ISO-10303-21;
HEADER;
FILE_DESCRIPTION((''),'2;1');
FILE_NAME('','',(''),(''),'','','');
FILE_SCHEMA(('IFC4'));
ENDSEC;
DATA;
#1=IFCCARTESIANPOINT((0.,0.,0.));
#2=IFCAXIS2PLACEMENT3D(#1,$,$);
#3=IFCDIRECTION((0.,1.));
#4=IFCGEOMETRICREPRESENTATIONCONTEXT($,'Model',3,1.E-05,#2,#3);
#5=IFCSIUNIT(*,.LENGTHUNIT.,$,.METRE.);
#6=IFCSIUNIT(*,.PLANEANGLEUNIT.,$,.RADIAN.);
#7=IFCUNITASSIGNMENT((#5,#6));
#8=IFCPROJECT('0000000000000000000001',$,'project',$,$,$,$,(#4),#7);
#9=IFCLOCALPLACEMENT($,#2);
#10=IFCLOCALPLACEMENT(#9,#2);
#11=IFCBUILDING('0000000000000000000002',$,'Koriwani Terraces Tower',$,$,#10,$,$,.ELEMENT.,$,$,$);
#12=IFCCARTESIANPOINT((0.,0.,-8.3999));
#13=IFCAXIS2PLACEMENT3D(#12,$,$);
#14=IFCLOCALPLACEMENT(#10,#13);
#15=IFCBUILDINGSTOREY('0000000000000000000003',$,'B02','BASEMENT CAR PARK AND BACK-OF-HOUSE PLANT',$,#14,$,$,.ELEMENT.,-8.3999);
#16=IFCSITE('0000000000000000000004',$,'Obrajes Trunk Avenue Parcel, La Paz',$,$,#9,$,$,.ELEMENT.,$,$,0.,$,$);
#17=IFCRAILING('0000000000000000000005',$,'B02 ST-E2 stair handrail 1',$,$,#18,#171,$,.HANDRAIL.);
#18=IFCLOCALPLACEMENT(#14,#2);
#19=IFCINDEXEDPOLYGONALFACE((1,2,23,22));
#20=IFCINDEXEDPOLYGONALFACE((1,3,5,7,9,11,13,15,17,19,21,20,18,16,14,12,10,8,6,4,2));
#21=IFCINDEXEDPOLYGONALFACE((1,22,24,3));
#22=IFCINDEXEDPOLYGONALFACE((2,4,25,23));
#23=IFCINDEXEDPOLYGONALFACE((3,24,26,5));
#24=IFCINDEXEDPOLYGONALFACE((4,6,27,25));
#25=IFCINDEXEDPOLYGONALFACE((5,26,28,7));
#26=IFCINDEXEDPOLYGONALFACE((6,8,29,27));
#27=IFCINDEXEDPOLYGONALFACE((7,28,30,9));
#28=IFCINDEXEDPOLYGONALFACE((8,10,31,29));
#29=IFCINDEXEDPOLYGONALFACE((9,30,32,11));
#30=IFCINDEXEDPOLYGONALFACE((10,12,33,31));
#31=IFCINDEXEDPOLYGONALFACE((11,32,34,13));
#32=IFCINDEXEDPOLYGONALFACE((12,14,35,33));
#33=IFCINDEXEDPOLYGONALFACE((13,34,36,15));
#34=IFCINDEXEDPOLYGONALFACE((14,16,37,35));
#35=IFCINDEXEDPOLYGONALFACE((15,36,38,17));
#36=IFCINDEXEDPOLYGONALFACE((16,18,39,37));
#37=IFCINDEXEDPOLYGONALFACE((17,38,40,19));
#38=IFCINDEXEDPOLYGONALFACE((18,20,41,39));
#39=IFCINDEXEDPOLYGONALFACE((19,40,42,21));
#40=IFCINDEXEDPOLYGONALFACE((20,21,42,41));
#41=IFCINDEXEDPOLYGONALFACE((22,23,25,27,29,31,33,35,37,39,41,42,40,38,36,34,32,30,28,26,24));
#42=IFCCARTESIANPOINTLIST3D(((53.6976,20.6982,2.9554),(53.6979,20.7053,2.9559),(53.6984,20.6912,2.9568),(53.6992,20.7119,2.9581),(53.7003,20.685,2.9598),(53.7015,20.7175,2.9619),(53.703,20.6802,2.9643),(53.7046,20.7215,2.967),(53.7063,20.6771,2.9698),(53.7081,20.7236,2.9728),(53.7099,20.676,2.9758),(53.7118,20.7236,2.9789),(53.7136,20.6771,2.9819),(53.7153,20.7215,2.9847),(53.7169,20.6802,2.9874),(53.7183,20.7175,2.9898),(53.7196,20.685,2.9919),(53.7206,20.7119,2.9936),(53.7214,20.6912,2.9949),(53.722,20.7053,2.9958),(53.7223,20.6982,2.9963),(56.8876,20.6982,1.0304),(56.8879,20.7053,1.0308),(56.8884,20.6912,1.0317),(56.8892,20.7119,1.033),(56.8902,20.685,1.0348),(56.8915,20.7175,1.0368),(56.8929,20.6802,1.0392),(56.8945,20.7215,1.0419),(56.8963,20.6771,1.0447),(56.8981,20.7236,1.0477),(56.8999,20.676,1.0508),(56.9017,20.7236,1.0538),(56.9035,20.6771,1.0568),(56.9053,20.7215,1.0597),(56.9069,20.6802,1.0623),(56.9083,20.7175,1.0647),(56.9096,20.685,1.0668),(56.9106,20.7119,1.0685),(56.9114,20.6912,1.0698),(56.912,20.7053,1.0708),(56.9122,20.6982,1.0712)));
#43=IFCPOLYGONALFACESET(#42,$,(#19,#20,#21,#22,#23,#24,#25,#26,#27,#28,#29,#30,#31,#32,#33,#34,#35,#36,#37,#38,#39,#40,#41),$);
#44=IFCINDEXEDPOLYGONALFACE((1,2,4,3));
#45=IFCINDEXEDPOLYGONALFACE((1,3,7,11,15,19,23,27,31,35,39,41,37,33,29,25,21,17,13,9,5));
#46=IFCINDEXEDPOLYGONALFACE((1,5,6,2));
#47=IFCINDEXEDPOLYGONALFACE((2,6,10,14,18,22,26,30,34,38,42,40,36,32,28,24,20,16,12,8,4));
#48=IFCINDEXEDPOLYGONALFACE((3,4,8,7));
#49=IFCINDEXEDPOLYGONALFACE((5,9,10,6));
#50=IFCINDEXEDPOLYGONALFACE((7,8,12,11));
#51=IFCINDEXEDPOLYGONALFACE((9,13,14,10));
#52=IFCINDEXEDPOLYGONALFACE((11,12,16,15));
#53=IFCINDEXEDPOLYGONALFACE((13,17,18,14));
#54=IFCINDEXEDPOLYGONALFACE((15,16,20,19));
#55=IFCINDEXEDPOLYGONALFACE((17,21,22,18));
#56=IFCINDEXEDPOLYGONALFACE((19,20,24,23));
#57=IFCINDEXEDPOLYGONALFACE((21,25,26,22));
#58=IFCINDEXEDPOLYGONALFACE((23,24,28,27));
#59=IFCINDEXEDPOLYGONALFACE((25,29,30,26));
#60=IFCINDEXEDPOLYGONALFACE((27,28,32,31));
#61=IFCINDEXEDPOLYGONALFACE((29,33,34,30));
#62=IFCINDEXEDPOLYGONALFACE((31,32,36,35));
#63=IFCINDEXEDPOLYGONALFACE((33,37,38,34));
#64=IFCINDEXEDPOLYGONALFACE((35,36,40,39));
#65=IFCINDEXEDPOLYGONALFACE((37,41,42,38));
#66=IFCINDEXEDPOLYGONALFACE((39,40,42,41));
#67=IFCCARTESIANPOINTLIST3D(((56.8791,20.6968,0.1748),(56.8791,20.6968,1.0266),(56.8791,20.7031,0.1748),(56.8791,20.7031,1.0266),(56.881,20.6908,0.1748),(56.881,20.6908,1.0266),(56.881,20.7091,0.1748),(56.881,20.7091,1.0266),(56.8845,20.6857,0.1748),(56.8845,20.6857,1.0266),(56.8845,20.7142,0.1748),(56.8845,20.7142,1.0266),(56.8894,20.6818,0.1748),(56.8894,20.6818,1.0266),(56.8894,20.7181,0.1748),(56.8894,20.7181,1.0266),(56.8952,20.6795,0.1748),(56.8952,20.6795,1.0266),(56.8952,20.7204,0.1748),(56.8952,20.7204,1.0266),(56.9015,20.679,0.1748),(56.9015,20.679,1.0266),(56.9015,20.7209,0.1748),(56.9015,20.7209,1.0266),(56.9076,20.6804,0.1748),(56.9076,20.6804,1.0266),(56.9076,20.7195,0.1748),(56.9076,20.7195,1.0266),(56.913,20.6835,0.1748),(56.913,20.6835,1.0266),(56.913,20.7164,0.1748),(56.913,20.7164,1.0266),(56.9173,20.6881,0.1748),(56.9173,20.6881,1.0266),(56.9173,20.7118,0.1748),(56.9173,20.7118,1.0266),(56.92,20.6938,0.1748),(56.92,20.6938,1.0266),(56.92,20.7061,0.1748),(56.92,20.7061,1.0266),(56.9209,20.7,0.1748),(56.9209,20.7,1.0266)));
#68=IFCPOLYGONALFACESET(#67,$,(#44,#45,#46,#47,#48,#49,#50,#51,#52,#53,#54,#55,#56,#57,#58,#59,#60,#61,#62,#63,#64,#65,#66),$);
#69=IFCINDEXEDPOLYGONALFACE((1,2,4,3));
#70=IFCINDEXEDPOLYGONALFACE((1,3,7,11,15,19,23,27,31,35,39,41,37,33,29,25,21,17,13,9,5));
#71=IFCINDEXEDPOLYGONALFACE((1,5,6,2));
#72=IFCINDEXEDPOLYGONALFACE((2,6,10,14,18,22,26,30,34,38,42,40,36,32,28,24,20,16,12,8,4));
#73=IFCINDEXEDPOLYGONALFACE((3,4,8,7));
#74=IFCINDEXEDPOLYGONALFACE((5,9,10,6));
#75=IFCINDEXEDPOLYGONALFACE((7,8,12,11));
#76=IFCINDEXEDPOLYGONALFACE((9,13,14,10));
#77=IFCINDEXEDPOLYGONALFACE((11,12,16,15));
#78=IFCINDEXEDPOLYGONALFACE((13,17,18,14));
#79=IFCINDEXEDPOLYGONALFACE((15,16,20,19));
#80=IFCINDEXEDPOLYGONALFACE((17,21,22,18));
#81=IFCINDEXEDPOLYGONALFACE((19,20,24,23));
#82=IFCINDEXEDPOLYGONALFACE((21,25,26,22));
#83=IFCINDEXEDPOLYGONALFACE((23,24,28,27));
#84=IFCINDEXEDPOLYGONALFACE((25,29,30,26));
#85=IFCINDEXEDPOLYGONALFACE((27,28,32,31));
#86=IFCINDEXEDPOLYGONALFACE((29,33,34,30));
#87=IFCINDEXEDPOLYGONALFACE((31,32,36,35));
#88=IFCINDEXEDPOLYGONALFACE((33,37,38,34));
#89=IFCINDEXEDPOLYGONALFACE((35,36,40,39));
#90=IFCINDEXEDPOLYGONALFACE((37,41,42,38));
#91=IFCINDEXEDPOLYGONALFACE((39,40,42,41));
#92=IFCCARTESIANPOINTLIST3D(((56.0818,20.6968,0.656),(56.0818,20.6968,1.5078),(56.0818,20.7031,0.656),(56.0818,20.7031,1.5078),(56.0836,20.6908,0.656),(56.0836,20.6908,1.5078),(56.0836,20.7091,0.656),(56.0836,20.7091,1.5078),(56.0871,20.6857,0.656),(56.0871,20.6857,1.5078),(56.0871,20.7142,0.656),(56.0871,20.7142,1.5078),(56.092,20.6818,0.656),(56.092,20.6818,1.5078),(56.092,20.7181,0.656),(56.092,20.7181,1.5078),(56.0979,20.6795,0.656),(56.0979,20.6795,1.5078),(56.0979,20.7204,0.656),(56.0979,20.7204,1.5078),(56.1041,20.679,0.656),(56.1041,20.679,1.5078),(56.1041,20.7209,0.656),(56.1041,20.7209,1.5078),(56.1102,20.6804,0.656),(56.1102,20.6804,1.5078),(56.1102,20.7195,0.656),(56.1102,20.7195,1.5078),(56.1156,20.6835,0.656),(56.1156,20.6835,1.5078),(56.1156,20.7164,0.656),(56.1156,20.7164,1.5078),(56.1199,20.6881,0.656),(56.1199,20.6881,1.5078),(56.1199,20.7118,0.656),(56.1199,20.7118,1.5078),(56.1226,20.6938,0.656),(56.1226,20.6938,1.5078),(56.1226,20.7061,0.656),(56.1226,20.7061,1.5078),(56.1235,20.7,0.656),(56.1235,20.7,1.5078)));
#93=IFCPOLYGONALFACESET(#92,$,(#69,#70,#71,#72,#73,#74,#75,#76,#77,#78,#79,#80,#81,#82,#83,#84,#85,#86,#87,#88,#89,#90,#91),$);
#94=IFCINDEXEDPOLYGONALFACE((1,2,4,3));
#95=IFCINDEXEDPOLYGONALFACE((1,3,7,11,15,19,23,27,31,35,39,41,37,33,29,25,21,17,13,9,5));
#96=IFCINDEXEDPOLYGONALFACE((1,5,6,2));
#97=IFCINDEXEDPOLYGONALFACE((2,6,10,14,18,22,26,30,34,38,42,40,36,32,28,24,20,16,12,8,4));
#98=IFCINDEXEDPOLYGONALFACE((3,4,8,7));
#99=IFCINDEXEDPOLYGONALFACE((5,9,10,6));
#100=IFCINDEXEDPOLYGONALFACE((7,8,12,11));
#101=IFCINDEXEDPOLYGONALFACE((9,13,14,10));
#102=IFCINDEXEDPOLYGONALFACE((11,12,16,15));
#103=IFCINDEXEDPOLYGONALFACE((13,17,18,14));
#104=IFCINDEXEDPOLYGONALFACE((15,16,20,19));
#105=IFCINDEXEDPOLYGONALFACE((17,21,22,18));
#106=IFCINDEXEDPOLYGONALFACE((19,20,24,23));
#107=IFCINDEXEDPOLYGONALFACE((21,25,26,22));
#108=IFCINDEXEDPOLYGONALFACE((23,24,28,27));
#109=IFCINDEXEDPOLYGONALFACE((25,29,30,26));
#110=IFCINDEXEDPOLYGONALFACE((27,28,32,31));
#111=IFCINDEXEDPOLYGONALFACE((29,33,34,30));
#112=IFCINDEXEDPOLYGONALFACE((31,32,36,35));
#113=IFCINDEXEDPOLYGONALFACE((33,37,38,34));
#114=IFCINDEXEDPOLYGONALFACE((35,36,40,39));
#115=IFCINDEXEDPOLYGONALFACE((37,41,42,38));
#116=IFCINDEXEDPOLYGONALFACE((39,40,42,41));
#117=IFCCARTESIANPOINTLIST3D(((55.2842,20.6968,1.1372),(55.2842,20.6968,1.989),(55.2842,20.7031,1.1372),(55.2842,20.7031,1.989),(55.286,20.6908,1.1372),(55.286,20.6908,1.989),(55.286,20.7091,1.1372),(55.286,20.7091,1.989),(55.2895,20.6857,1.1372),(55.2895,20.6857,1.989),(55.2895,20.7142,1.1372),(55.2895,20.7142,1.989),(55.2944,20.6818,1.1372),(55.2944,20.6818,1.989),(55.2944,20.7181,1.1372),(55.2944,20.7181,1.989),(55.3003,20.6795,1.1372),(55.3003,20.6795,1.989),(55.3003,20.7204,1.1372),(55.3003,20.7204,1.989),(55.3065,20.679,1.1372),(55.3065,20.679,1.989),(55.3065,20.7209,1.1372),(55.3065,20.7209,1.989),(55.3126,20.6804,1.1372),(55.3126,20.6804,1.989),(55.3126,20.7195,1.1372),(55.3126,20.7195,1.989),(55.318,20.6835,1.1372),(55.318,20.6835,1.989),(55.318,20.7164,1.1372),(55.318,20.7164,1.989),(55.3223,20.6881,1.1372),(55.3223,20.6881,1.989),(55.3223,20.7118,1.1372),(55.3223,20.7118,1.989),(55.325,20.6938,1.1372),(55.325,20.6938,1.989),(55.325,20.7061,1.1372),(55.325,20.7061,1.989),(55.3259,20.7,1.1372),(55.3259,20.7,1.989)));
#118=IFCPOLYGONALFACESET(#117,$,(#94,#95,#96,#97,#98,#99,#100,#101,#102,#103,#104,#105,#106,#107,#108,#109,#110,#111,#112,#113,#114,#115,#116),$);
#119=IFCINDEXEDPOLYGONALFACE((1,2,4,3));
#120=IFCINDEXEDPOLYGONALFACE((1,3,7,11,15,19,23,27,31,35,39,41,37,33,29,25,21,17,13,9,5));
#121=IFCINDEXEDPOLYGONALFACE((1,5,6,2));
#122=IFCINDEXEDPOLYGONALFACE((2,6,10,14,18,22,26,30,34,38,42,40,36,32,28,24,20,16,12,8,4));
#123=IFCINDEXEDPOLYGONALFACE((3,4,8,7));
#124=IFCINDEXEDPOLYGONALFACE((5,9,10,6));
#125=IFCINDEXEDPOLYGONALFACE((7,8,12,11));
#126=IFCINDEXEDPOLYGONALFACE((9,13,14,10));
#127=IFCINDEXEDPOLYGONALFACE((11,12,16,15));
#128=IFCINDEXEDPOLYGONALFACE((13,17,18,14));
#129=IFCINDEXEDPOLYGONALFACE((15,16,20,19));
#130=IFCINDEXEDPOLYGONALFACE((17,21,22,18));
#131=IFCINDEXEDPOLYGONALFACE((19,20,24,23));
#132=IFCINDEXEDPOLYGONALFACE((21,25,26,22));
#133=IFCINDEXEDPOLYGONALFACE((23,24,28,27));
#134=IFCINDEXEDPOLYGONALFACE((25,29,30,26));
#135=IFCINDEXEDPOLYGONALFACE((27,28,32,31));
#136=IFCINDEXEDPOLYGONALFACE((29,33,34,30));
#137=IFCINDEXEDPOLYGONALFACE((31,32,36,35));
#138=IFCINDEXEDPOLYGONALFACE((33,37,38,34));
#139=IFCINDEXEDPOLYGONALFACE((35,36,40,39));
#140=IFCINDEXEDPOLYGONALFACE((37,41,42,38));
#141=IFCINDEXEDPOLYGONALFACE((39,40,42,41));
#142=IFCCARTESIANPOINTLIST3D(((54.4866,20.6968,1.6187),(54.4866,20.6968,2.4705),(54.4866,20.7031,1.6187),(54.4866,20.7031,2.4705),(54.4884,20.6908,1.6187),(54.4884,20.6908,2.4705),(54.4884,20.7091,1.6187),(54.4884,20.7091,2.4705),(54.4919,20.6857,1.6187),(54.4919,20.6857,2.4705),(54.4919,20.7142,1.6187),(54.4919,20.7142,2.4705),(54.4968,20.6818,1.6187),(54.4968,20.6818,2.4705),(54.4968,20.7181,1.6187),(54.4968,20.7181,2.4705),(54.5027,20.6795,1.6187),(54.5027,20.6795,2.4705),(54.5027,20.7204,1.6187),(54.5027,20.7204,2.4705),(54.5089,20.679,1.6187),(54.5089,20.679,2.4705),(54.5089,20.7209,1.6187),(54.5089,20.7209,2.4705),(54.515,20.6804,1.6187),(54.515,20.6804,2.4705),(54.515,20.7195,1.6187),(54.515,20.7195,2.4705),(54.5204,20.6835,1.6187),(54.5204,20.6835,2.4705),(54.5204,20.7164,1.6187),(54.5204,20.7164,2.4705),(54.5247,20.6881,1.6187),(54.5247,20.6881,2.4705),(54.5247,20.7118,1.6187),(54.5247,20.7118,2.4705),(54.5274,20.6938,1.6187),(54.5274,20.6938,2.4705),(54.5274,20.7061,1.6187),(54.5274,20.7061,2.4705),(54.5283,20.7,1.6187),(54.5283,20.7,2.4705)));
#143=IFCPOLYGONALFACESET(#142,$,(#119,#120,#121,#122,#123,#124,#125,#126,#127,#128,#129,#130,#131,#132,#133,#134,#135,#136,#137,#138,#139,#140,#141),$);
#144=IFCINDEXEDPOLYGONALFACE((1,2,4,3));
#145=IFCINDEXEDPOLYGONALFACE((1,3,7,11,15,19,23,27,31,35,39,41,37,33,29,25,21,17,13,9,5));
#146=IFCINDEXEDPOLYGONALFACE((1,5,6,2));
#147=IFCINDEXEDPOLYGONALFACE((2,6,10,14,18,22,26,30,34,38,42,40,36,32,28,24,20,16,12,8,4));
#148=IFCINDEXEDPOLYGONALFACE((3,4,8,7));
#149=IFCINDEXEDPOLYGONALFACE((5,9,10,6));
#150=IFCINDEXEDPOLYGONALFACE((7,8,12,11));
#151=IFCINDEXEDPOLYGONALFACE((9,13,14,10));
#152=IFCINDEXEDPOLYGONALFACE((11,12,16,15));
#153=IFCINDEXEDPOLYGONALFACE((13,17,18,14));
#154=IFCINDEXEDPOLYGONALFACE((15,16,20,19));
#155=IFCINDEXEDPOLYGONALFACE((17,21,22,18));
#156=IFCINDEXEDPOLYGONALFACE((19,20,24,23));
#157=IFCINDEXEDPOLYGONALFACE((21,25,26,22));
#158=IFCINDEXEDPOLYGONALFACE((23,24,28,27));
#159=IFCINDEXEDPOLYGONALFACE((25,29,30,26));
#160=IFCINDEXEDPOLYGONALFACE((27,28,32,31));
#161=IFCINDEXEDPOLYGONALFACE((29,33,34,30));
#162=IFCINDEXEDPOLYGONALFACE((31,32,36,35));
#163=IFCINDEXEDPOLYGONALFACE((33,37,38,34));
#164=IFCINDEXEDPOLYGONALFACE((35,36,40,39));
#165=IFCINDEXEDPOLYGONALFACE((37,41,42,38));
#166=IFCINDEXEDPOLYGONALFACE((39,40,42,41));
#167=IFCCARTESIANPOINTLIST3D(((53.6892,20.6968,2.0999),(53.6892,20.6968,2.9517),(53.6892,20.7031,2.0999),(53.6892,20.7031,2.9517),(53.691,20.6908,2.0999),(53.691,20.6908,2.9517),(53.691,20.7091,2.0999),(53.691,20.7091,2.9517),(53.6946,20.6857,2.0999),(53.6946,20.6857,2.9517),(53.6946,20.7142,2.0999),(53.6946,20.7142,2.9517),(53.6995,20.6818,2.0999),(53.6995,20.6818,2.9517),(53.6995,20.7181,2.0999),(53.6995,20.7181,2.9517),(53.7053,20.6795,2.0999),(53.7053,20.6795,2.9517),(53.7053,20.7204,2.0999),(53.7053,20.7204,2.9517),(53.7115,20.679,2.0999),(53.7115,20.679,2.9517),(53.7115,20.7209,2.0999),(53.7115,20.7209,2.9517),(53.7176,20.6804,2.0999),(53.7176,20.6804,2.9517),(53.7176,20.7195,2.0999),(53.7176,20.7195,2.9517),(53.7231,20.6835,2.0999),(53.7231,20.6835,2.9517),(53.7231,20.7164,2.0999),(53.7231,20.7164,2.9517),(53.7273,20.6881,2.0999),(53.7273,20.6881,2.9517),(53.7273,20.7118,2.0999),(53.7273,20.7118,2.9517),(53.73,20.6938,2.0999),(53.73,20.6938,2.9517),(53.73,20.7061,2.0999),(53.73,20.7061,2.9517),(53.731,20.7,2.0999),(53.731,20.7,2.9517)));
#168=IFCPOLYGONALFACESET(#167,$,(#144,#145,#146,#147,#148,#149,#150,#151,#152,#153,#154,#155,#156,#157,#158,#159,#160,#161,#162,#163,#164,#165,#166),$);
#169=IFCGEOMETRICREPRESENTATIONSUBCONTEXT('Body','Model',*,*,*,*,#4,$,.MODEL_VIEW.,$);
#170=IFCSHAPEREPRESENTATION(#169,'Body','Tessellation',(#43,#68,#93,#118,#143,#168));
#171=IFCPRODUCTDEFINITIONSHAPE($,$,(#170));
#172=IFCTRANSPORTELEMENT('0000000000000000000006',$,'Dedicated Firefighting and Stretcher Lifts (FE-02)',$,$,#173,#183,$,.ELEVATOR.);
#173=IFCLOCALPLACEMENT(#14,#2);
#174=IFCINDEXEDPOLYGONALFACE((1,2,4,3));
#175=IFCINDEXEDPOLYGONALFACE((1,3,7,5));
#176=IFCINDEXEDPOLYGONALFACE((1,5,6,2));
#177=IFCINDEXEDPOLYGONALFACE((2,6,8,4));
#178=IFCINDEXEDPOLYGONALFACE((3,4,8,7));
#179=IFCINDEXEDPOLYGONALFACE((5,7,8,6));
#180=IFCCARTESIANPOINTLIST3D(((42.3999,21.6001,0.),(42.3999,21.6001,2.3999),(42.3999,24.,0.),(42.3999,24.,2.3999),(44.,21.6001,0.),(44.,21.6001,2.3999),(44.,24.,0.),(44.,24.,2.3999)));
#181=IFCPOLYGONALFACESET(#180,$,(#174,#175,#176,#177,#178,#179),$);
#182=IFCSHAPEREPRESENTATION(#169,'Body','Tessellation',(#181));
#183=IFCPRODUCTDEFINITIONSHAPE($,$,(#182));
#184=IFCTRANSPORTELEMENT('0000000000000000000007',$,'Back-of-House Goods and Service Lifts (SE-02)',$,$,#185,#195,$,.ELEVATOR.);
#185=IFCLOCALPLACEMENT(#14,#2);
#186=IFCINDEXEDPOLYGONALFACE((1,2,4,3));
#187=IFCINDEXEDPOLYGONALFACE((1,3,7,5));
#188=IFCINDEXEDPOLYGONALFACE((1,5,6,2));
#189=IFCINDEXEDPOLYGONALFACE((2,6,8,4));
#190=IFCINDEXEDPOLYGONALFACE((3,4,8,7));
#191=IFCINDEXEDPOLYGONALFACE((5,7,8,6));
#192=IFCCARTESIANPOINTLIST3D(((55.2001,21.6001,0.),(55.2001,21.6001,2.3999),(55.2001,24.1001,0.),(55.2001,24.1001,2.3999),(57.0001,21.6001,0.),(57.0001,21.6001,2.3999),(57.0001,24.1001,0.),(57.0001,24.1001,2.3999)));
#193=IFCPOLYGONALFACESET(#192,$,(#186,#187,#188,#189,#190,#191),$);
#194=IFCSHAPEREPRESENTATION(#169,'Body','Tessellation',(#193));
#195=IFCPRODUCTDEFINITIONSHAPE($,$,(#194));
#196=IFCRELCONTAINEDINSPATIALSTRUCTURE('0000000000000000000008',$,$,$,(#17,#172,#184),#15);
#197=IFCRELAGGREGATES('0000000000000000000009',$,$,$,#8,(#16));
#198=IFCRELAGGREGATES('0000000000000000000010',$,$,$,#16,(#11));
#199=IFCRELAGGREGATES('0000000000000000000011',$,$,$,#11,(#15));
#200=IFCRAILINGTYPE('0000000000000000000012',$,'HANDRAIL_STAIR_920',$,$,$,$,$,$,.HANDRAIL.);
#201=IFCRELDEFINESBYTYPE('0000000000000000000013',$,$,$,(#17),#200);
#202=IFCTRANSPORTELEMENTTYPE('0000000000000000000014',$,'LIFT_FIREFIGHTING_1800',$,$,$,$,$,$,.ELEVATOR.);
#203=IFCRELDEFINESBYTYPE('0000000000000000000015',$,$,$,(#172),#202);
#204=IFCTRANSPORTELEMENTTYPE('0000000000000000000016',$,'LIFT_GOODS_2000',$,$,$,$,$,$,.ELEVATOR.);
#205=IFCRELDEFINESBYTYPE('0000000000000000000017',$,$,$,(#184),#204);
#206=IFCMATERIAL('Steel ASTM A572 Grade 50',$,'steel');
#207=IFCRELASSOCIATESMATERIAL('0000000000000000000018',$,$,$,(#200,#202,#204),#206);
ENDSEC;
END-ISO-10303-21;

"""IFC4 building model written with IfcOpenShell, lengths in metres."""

from ifc_helpers import new_model, si_unit, direction, frame, origin, origin_2d, place, context, subcontext, project, spatial, rectangle, circle, extrude, material, type_object, element, save


model = new_model("IFC4")

# Units and contexts
model_context = context("Model", 3, precision=1e-05, world=origin(), true_north=direction((0.0, 1.0)))
body_context = subcontext(model_context, "Body", "Model", "MODEL_VIEW")
ifc_project = project(units=[si_unit("LENGTHUNIT", "METRE"), si_unit("PLANEANGLEUNIT", "RADIAN")], contexts=[model_context])

# Site, building, storey
site_placement = place(None, origin())
site = spatial("IfcSite", under=ifc_project, at=site_placement, Name="Obrajes Trunk Avenue Parcel, La Paz", CompositionType="ELEMENT", RefElevation=0.0)
building_placement = place(site_placement, origin())
building = spatial("IfcBuilding", under=site, at=building_placement, Name="Koriwani Terraces Tower", CompositionType="ELEMENT")
storey_placement = place(building_placement, frame((0.0, 0.0, -8.3999)))
storey = spatial("IfcBuildingStorey", under=building, at=storey_placement, Name="B02", Description="BASEMENT CAR PARK AND BACK-OF-HOUSE PLANT", CompositionType="ELEMENT", Elevation=-8.3999)

# Shared definitions
ifc_material_1 = material(Name="Steel ASTM A572 Grade 50", Category="steel")

# Railing
railing_type_1 = type_object("IfcRailingType", Name="HANDRAIL_STAIR_920", PredefinedType="HANDRAIL", material=ifc_material_1)
for number, where, name in (
    (1, (56.8999, 20.7, 0.1748), "B02 ST-E2 stair handrail 1"),
):
    element("IfcRailing", number, at=place(storey_placement, frame(where)), inside=storey, type_object=railing_type_1, Name=name, PredefinedType="HANDRAIL", context=body_context, shape_type="SweptSolid", body=[
        extrude(circle(Radius=0.0239, at=origin_2d()), frame((0.0, 0.0, 0.876), z_axis=(-0.856178, 0.0, 0.516682), x_axis=(0.0, -1.0, 0.0)), (0.0, 0.0, 1.0), 3.7258),
        extrude(circle(Radius=0.021, at=origin_2d()), origin(), (0.0, 0.0, 1.0), 0.8518),
        extrude(circle(Radius=0.021, at=origin_2d()), frame((-0.7974, 0.0, 0.4812)), (0.0, 0.0, 1.0), 0.8518),
        extrude(circle(Radius=0.021, at=origin_2d()), frame((-1.595, 0.0, 0.9624)), (0.0, 0.0, 1.0), 0.8518),
        extrude(circle(Radius=0.021, at=origin_2d()), frame((-2.3926, 0.0, 1.4438)), (0.0, 0.0, 1.0), 0.8518),
        extrude(circle(Radius=0.021, at=origin_2d()), frame((-3.1899, 0.0, 1.925)), (0.0, 0.0, 1.0), 0.8518),
    ])

# Transport elements
transport_element_type_1 = type_object("IfcTransportElementType", Name="LIFT_FIREFIGHTING_1800", PredefinedType="ELEVATOR", material=ifc_material_1)
transport_element_1_placement = place(storey_placement, frame((43.2, 22.8, 0.0), z_axis=(0.0, 0.0, 1.0), x_axis=(1.0, 0.0, 0.0)))
element("IfcTransportElement", 2, at=transport_element_1_placement, inside=storey, type_object=transport_element_type_1, Name="Dedicated Firefighting and Stretcher Lifts (FE-02)", PredefinedType="ELEVATOR", context=body_context, shape_type="SweptSolid", body=[
    extrude(rectangle(XDim=1.6001, YDim=2.3999, at=origin_2d()), origin(), (0.0, 0.0, 1.0), 2.3999),
])
transport_element_type_2 = type_object("IfcTransportElementType", Name="LIFT_GOODS_2000", PredefinedType="ELEVATOR", material=ifc_material_1)
transport_element_2_placement = place(storey_placement, frame((56.1001, 22.8501, 0.0), z_axis=(0.0, 0.0, 1.0), x_axis=(1.0, 0.0, 0.0)))
element("IfcTransportElement", 3, at=transport_element_2_placement, inside=storey, type_object=transport_element_type_2, Name="Back-of-House Goods and Service Lifts (SE-02)", PredefinedType="ELEVATOR", context=body_context, shape_type="SweptSolid", body=[
    extrude(rectangle(XDim=1.8, YDim=2.5, at=origin_2d()), origin(), (0.0, 0.0, 1.0), 2.3999),
])

save(model, "model.ifc")
